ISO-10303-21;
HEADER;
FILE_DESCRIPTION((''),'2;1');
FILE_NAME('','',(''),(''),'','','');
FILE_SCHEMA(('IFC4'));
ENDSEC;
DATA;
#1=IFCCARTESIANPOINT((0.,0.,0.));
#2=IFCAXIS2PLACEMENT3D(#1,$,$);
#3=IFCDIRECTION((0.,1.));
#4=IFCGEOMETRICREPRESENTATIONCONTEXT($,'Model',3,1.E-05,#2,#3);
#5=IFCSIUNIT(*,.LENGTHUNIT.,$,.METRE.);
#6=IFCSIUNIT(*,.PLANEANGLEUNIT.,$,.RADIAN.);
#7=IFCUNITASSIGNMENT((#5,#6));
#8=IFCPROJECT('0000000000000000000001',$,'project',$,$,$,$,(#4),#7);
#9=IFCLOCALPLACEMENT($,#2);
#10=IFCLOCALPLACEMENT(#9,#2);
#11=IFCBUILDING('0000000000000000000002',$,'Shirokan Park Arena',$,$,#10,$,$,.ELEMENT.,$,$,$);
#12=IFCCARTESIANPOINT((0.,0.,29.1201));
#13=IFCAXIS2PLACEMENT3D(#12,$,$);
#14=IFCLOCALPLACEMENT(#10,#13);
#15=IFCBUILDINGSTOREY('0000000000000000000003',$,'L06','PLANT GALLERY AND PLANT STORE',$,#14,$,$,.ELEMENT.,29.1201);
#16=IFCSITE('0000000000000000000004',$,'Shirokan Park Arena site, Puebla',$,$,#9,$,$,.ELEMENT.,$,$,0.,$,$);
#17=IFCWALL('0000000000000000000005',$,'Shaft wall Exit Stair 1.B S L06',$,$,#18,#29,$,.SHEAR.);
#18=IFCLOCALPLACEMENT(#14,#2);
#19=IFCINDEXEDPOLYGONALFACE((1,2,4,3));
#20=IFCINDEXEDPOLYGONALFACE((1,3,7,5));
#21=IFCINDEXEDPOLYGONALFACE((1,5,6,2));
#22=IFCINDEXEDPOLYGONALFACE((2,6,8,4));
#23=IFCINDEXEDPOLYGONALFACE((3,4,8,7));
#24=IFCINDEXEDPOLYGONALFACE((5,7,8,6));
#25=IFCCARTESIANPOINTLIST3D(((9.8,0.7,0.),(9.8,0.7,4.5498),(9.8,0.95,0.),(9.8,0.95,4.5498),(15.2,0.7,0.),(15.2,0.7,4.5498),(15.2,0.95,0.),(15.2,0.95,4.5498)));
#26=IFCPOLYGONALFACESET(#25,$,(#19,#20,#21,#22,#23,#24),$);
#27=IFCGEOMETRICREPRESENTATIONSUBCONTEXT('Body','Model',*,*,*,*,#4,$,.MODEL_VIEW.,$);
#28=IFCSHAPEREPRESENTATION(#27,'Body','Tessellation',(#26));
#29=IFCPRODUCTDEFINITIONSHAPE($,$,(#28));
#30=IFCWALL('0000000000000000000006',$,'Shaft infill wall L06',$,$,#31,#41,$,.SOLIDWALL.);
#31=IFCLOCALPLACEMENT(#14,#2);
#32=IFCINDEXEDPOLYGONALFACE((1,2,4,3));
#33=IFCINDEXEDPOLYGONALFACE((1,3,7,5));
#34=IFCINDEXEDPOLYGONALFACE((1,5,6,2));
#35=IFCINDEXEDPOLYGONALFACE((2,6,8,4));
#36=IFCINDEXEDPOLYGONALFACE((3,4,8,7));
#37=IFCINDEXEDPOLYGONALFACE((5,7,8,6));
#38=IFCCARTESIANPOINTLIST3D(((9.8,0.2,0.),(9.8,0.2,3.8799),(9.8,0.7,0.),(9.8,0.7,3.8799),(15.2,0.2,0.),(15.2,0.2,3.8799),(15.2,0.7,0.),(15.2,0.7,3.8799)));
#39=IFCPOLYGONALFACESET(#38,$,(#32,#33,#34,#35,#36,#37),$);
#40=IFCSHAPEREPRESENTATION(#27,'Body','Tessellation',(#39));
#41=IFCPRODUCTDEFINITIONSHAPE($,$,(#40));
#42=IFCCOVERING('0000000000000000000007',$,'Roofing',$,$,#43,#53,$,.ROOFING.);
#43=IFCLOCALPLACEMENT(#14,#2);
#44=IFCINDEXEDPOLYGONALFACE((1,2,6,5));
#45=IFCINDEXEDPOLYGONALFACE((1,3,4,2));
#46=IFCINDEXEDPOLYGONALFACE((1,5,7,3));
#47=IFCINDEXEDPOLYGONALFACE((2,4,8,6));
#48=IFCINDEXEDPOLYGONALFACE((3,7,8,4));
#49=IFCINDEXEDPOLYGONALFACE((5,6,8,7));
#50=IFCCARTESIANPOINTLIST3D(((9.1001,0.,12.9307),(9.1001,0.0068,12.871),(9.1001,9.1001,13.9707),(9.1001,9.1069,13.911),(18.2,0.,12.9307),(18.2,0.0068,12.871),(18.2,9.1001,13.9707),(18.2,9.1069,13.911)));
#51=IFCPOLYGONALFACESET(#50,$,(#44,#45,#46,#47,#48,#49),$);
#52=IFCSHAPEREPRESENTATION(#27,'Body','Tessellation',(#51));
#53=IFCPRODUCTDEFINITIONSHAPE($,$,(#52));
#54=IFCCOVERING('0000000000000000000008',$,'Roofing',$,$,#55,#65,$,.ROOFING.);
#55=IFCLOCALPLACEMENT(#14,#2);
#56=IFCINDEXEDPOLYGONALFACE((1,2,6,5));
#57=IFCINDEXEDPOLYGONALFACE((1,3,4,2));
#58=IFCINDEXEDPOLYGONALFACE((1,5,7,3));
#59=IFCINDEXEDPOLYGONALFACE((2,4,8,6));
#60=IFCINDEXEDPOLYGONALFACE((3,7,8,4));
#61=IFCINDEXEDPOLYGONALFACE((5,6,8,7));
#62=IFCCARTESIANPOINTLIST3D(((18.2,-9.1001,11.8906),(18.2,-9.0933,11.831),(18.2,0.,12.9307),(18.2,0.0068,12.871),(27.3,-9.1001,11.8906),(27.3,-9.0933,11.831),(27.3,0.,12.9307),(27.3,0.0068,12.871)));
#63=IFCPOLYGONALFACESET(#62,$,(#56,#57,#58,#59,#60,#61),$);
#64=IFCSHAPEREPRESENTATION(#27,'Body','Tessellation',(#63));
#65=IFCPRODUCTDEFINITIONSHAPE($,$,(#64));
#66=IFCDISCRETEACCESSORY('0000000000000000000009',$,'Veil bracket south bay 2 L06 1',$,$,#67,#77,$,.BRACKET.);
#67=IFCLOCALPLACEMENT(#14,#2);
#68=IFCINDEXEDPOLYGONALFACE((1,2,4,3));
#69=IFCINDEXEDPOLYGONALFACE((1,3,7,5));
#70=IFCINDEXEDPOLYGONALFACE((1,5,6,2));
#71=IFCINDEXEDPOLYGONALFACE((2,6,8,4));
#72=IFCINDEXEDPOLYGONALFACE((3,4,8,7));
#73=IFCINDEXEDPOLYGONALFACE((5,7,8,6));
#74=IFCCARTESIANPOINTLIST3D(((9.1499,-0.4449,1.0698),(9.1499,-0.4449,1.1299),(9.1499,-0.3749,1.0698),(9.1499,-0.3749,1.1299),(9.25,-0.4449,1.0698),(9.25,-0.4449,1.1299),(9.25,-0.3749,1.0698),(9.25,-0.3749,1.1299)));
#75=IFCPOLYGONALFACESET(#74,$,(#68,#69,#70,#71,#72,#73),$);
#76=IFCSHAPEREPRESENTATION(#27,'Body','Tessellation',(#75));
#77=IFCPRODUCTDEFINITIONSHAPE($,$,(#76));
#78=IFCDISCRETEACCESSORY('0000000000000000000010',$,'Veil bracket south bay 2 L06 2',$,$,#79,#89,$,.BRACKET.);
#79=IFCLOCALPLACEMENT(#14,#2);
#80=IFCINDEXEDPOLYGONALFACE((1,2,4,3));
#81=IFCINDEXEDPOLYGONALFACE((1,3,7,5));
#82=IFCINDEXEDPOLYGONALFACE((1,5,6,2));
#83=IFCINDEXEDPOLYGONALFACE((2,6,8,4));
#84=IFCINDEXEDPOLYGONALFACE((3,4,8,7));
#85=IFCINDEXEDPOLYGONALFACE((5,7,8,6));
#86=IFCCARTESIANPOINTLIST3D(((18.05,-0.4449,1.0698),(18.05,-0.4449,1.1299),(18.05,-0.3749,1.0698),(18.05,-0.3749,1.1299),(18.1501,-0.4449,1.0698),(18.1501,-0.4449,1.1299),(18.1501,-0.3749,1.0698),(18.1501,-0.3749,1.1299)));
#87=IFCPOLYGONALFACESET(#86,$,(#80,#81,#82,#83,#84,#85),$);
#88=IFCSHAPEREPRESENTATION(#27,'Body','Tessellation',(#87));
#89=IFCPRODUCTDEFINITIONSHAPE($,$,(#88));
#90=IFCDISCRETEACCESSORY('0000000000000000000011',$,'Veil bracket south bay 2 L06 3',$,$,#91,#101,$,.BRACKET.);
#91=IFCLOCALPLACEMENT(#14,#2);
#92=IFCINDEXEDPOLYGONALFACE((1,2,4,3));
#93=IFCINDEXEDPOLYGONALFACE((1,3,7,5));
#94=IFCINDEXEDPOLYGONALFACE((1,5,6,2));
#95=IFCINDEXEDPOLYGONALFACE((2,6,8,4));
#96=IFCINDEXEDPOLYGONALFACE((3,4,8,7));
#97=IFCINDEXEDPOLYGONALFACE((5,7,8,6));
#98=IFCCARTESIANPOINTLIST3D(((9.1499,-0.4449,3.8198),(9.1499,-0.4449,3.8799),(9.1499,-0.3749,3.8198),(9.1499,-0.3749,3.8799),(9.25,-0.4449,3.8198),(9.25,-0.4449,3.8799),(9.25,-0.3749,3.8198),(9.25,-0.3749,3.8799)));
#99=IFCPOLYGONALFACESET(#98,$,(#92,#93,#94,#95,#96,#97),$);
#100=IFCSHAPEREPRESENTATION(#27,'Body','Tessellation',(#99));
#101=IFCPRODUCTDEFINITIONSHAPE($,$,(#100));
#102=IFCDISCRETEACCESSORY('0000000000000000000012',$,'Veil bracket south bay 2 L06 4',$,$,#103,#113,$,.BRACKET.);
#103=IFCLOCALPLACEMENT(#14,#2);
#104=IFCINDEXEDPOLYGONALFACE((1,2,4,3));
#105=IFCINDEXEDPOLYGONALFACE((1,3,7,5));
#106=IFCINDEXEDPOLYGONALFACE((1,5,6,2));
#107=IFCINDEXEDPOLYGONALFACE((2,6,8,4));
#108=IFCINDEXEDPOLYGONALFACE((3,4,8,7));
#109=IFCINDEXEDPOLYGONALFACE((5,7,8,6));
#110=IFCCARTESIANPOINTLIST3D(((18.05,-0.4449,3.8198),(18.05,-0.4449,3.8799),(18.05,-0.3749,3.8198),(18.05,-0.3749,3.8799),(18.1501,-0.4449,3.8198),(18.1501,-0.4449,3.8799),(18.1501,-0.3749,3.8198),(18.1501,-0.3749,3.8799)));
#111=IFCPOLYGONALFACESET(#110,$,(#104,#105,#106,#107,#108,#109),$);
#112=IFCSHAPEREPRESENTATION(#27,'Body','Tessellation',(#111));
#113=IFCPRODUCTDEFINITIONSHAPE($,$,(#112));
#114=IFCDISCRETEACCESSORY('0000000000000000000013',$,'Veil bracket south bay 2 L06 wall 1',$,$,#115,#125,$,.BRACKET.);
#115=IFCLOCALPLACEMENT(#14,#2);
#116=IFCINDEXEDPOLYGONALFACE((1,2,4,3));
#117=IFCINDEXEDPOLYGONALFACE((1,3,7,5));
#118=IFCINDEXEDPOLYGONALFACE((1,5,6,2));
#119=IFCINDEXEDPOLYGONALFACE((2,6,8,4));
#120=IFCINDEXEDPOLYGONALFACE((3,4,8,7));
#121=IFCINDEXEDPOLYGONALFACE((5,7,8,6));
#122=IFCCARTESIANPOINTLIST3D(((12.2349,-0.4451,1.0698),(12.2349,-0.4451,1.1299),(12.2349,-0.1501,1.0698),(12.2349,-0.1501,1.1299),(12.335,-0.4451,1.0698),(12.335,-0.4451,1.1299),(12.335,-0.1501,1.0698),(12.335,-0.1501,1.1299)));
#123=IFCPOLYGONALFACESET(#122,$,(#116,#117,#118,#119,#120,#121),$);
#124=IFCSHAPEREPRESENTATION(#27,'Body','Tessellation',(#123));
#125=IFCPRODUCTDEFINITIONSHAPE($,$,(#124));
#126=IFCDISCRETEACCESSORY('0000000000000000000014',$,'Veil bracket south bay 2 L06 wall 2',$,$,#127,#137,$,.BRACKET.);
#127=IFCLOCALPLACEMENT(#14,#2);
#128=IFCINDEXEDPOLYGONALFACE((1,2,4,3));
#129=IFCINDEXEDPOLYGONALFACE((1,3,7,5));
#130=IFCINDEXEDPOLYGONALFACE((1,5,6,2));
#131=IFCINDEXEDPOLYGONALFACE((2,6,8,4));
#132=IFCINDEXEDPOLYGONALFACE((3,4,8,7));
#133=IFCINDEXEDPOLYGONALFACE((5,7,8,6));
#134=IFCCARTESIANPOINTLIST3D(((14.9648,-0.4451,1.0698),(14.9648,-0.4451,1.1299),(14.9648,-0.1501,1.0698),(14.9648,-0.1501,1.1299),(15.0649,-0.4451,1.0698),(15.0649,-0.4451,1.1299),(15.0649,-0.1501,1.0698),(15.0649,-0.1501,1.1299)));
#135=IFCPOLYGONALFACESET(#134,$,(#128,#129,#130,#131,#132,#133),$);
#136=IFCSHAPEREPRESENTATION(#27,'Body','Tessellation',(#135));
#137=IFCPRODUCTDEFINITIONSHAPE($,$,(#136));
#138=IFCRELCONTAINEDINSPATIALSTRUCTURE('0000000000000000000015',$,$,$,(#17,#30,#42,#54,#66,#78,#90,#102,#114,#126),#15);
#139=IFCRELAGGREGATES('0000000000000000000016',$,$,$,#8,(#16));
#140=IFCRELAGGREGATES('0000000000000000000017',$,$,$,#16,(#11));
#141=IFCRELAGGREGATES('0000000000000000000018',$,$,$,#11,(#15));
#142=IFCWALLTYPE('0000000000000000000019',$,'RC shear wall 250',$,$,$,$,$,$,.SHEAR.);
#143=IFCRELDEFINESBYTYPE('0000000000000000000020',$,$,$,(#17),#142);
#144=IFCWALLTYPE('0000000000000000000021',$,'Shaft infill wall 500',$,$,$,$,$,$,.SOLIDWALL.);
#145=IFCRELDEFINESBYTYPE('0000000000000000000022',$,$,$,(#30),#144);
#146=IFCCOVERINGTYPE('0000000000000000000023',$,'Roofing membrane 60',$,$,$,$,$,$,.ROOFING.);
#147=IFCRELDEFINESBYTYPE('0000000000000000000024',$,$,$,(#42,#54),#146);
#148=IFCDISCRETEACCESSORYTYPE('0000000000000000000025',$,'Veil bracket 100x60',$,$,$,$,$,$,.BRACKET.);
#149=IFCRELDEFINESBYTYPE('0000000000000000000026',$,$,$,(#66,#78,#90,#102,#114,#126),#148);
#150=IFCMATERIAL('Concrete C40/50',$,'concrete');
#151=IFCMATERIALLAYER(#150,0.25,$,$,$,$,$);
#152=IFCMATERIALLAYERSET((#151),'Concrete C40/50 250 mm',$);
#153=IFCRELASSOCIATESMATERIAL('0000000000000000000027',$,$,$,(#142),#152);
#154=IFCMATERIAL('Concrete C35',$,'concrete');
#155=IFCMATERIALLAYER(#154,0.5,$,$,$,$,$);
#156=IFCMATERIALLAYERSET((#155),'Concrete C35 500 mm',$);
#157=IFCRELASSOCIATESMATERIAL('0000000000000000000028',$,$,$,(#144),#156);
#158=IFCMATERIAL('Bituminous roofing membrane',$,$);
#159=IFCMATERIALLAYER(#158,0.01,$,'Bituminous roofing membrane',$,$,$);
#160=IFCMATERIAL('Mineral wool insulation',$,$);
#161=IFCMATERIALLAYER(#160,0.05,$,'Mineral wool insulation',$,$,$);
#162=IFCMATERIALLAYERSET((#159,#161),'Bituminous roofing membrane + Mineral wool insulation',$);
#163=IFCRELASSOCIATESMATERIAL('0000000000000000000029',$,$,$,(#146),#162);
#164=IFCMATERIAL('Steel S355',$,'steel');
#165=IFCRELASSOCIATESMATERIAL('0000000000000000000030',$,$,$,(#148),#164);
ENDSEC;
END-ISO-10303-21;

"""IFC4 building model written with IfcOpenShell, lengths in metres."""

from ifc_helpers import new_model, si_unit, direction, frame, frame_2d, origin, origin_2d, place, context, subcontext, project, spatial, polyline, rectangle, outline, extrude, material, layer, layer_set, type_object, element, save


model = new_model("IFC4")

# Units and contexts
model_context = context("Model", 3, precision=1e-05, world=origin(), true_north=direction((0.0, 1.0)))
body_context = subcontext(model_context, "Body", "Model", "MODEL_VIEW")
ifc_project = project(units=[si_unit("LENGTHUNIT", "METRE"), si_unit("PLANEANGLEUNIT", "RADIAN")], contexts=[model_context])

# Site, building, storey
site_placement = place(None, origin())
site = spatial("IfcSite", under=ifc_project, at=site_placement, Name="Shirokan Park Arena site, Puebla", CompositionType="ELEMENT", RefElevation=0.0)
building_placement = place(site_placement, origin())
building = spatial("IfcBuilding", under=site, at=building_placement, Name="Shirokan Park Arena", CompositionType="ELEMENT")
storey_placement = place(building_placement, frame((0.0, 0.0, 29.1201)))
storey = spatial("IfcBuildingStorey", under=building, at=storey_placement, Name="L06", Description="PLANT GALLERY AND PLANT STORE", CompositionType="ELEMENT", Elevation=29.1201)

# Shared definitions
ifc_material_1 = material(Name="Concrete C35", Category="concrete")

# Walls
ifc_material_2 = material(Name="Mineral wool insulation")
ifc_material_3 = material(Name="Concrete C40/50", Category="concrete")
ifc_layer_1 = layer(ifc_material_3, 0.25)
ifc_layer_set_1 = layer_set([ifc_layer_1], Name="Concrete C40/50 250 mm")
wall_type_1 = type_object("IfcWallType", Name="RC shear wall 250", PredefinedType="SHEAR", material=ifc_layer_set_1)
wall_1_placement = place(storey_placement, frame((15.2, 0.825, 0.0), z_axis=(0.0, 0.0, 1.0), x_axis=(-1.0, 0.0, 0.0)))
element("IfcWall", 1, at=wall_1_placement, inside=storey, type_object=wall_type_1, Name="Shaft wall Exit Stair 1.B S L06", PredefinedType="SHEAR", context=body_context, shape_type="SweptSolid", body=[
    extrude(rectangle(XDim=5.3999, YDim=0.25, at=frame_2d((2.7, 0.0))), origin(), (0.0, 0.0, 1.0), 4.5498),
])
ifc_layer_2 = layer(ifc_material_1, 0.5)
ifc_layer_set_2 = layer_set([ifc_layer_2], Name="Concrete C35 500 mm")
wall_type_2 = type_object("IfcWallType", Name="Shaft infill wall 500", PredefinedType="SOLIDWALL", material=ifc_layer_set_2)
wall_2_placement = place(storey_placement, frame((9.8, 0.45, 0.0), z_axis=(0.0, 0.0, 1.0), x_axis=(1.0, 0.0, 0.0)))
element("IfcWall", 2, at=wall_2_placement, inside=storey, type_object=wall_type_2, Name="Shaft infill wall L06", PredefinedType="SOLIDWALL", context=body_context, shape_type="SweptSolid", body=[
    extrude(rectangle(XDim=5.3999, YDim=0.5, at=frame_2d((2.7, 0.0))), origin(), (0.0, 0.0, 1.0), 3.8799),
])

# Coverings
ifc_material_4 = material(Name="Bituminous roofing membrane")
ifc_layer_3 = layer(ifc_material_4, 0.01, Name="Bituminous roofing membrane")
ifc_layer_4 = layer(ifc_material_2, 0.05, Name="Mineral wool insulation")
ifc_layer_set_3 = layer_set([ifc_layer_3, ifc_layer_4], Name="Bituminous roofing membrane + Mineral wool insulation")
covering_type = type_object("IfcCoveringType", Name="Roofing membrane 60", PredefinedType="ROOFING", material=ifc_layer_set_3)
covering_1_placement = place(storey_placement, frame((9.1001, 0.0, 12.9307), z_axis=(0.0, -0.11355, 0.993532), x_axis=(1.0, 0.0, 0.0)))
element("IfcCovering", 3, at=covering_1_placement, inside=storey, type_object=covering_type, Name="Roofing", PredefinedType="ROOFING", context=body_context, shape_type="SweptSolid", body=[
    extrude(outline(polyline([(0.0, 0.0), (9.0999, 0.0), (9.0999, 9.1593), (0.0, 9.1593), (0.0, 0.0)])), origin(), (0.0, 0.0, -1.0), 0.0601),
])
covering_2_placement = place(storey_placement, frame((18.2, -9.1001, 11.8906), z_axis=(0.0, -0.11355, 0.993532), x_axis=(1.0, 0.0, 0.0)))
element("IfcCovering", 4, at=covering_2_placement, inside=storey, type_object=covering_type, Name="Roofing", PredefinedType="ROOFING", context=body_context, shape_type="SweptSolid", body=[
    extrude(outline(polyline([(0.0, 0.0), (9.1001, 0.0), (9.1001, 9.1593), (0.0, 9.1593), (0.0, 0.0)])), origin(), (0.0, 0.0, -1.0), 0.0601),
])

# Discrete accessories
ifc_material_5 = material(Name="Steel S355", Category="steel")
discrete_accessory_type = type_object("IfcDiscreteAccessoryType", Name="Veil bracket 100x60", PredefinedType="BRACKET", material=ifc_material_5)
for number, where, z_axis, x_axis, name in (
    (5, (9.2, -0.4099, 1.0698), (0.0, 0.0, 1.0), (1.0, 0.0, 0.0), "Veil bracket south bay 2 L06 1"),
    (6, (18.1001, -0.4099, 1.0698), (0.0, 0.0, 1.0), (1.0, 0.0, 0.0), "Veil bracket south bay 2 L06 2"),
    (7, (9.2, -0.4099, 3.8198), (0.0, 0.0, 1.0), (1.0, 0.0, 0.0), "Veil bracket south bay 2 L06 3"),
    (8, (18.1001, -0.4099, 3.8198), (0.0, 0.0, 1.0), (1.0, 0.0, 0.0), "Veil bracket south bay 2 L06 4"),
):
    element("IfcDiscreteAccessory", number, at=place(storey_placement, frame(where, z_axis=z_axis, x_axis=x_axis)), inside=storey, type_object=discrete_accessory_type, Name=name, PredefinedType="BRACKET", context=body_context, shape_type="SweptSolid", body=[
        extrude(rectangle(XDim=0.1001, YDim=0.0701, at=origin_2d()), origin(), (0.0, 0.0, 1.0), 0.0601),
    ])
for number, where, z_axis, x_axis, name in (
    (9, (12.2849, -0.2976, 1.0698), (0.0, 0.0, 1.0), (1.0, 0.0, 0.0), "Veil bracket south bay 2 L06 wall 1"),
    (10, (15.0149, -0.2976, 1.0698), (0.0, 0.0, 1.0), (1.0, 0.0, 0.0), "Veil bracket south bay 2 L06 wall 2"),
):
    element("IfcDiscreteAccessory", number, at=place(storey_placement, frame(where, z_axis=z_axis, x_axis=x_axis)), inside=storey, type_object=discrete_accessory_type, Name=name, PredefinedType="BRACKET", context=body_context, shape_type="SweptSolid", body=[
        extrude(rectangle(XDim=0.1001, YDim=0.2949, at=origin_2d()), origin(), (0.0, 0.0, 1.0), 0.0601),
    ])

save(model, "model.ifc")
